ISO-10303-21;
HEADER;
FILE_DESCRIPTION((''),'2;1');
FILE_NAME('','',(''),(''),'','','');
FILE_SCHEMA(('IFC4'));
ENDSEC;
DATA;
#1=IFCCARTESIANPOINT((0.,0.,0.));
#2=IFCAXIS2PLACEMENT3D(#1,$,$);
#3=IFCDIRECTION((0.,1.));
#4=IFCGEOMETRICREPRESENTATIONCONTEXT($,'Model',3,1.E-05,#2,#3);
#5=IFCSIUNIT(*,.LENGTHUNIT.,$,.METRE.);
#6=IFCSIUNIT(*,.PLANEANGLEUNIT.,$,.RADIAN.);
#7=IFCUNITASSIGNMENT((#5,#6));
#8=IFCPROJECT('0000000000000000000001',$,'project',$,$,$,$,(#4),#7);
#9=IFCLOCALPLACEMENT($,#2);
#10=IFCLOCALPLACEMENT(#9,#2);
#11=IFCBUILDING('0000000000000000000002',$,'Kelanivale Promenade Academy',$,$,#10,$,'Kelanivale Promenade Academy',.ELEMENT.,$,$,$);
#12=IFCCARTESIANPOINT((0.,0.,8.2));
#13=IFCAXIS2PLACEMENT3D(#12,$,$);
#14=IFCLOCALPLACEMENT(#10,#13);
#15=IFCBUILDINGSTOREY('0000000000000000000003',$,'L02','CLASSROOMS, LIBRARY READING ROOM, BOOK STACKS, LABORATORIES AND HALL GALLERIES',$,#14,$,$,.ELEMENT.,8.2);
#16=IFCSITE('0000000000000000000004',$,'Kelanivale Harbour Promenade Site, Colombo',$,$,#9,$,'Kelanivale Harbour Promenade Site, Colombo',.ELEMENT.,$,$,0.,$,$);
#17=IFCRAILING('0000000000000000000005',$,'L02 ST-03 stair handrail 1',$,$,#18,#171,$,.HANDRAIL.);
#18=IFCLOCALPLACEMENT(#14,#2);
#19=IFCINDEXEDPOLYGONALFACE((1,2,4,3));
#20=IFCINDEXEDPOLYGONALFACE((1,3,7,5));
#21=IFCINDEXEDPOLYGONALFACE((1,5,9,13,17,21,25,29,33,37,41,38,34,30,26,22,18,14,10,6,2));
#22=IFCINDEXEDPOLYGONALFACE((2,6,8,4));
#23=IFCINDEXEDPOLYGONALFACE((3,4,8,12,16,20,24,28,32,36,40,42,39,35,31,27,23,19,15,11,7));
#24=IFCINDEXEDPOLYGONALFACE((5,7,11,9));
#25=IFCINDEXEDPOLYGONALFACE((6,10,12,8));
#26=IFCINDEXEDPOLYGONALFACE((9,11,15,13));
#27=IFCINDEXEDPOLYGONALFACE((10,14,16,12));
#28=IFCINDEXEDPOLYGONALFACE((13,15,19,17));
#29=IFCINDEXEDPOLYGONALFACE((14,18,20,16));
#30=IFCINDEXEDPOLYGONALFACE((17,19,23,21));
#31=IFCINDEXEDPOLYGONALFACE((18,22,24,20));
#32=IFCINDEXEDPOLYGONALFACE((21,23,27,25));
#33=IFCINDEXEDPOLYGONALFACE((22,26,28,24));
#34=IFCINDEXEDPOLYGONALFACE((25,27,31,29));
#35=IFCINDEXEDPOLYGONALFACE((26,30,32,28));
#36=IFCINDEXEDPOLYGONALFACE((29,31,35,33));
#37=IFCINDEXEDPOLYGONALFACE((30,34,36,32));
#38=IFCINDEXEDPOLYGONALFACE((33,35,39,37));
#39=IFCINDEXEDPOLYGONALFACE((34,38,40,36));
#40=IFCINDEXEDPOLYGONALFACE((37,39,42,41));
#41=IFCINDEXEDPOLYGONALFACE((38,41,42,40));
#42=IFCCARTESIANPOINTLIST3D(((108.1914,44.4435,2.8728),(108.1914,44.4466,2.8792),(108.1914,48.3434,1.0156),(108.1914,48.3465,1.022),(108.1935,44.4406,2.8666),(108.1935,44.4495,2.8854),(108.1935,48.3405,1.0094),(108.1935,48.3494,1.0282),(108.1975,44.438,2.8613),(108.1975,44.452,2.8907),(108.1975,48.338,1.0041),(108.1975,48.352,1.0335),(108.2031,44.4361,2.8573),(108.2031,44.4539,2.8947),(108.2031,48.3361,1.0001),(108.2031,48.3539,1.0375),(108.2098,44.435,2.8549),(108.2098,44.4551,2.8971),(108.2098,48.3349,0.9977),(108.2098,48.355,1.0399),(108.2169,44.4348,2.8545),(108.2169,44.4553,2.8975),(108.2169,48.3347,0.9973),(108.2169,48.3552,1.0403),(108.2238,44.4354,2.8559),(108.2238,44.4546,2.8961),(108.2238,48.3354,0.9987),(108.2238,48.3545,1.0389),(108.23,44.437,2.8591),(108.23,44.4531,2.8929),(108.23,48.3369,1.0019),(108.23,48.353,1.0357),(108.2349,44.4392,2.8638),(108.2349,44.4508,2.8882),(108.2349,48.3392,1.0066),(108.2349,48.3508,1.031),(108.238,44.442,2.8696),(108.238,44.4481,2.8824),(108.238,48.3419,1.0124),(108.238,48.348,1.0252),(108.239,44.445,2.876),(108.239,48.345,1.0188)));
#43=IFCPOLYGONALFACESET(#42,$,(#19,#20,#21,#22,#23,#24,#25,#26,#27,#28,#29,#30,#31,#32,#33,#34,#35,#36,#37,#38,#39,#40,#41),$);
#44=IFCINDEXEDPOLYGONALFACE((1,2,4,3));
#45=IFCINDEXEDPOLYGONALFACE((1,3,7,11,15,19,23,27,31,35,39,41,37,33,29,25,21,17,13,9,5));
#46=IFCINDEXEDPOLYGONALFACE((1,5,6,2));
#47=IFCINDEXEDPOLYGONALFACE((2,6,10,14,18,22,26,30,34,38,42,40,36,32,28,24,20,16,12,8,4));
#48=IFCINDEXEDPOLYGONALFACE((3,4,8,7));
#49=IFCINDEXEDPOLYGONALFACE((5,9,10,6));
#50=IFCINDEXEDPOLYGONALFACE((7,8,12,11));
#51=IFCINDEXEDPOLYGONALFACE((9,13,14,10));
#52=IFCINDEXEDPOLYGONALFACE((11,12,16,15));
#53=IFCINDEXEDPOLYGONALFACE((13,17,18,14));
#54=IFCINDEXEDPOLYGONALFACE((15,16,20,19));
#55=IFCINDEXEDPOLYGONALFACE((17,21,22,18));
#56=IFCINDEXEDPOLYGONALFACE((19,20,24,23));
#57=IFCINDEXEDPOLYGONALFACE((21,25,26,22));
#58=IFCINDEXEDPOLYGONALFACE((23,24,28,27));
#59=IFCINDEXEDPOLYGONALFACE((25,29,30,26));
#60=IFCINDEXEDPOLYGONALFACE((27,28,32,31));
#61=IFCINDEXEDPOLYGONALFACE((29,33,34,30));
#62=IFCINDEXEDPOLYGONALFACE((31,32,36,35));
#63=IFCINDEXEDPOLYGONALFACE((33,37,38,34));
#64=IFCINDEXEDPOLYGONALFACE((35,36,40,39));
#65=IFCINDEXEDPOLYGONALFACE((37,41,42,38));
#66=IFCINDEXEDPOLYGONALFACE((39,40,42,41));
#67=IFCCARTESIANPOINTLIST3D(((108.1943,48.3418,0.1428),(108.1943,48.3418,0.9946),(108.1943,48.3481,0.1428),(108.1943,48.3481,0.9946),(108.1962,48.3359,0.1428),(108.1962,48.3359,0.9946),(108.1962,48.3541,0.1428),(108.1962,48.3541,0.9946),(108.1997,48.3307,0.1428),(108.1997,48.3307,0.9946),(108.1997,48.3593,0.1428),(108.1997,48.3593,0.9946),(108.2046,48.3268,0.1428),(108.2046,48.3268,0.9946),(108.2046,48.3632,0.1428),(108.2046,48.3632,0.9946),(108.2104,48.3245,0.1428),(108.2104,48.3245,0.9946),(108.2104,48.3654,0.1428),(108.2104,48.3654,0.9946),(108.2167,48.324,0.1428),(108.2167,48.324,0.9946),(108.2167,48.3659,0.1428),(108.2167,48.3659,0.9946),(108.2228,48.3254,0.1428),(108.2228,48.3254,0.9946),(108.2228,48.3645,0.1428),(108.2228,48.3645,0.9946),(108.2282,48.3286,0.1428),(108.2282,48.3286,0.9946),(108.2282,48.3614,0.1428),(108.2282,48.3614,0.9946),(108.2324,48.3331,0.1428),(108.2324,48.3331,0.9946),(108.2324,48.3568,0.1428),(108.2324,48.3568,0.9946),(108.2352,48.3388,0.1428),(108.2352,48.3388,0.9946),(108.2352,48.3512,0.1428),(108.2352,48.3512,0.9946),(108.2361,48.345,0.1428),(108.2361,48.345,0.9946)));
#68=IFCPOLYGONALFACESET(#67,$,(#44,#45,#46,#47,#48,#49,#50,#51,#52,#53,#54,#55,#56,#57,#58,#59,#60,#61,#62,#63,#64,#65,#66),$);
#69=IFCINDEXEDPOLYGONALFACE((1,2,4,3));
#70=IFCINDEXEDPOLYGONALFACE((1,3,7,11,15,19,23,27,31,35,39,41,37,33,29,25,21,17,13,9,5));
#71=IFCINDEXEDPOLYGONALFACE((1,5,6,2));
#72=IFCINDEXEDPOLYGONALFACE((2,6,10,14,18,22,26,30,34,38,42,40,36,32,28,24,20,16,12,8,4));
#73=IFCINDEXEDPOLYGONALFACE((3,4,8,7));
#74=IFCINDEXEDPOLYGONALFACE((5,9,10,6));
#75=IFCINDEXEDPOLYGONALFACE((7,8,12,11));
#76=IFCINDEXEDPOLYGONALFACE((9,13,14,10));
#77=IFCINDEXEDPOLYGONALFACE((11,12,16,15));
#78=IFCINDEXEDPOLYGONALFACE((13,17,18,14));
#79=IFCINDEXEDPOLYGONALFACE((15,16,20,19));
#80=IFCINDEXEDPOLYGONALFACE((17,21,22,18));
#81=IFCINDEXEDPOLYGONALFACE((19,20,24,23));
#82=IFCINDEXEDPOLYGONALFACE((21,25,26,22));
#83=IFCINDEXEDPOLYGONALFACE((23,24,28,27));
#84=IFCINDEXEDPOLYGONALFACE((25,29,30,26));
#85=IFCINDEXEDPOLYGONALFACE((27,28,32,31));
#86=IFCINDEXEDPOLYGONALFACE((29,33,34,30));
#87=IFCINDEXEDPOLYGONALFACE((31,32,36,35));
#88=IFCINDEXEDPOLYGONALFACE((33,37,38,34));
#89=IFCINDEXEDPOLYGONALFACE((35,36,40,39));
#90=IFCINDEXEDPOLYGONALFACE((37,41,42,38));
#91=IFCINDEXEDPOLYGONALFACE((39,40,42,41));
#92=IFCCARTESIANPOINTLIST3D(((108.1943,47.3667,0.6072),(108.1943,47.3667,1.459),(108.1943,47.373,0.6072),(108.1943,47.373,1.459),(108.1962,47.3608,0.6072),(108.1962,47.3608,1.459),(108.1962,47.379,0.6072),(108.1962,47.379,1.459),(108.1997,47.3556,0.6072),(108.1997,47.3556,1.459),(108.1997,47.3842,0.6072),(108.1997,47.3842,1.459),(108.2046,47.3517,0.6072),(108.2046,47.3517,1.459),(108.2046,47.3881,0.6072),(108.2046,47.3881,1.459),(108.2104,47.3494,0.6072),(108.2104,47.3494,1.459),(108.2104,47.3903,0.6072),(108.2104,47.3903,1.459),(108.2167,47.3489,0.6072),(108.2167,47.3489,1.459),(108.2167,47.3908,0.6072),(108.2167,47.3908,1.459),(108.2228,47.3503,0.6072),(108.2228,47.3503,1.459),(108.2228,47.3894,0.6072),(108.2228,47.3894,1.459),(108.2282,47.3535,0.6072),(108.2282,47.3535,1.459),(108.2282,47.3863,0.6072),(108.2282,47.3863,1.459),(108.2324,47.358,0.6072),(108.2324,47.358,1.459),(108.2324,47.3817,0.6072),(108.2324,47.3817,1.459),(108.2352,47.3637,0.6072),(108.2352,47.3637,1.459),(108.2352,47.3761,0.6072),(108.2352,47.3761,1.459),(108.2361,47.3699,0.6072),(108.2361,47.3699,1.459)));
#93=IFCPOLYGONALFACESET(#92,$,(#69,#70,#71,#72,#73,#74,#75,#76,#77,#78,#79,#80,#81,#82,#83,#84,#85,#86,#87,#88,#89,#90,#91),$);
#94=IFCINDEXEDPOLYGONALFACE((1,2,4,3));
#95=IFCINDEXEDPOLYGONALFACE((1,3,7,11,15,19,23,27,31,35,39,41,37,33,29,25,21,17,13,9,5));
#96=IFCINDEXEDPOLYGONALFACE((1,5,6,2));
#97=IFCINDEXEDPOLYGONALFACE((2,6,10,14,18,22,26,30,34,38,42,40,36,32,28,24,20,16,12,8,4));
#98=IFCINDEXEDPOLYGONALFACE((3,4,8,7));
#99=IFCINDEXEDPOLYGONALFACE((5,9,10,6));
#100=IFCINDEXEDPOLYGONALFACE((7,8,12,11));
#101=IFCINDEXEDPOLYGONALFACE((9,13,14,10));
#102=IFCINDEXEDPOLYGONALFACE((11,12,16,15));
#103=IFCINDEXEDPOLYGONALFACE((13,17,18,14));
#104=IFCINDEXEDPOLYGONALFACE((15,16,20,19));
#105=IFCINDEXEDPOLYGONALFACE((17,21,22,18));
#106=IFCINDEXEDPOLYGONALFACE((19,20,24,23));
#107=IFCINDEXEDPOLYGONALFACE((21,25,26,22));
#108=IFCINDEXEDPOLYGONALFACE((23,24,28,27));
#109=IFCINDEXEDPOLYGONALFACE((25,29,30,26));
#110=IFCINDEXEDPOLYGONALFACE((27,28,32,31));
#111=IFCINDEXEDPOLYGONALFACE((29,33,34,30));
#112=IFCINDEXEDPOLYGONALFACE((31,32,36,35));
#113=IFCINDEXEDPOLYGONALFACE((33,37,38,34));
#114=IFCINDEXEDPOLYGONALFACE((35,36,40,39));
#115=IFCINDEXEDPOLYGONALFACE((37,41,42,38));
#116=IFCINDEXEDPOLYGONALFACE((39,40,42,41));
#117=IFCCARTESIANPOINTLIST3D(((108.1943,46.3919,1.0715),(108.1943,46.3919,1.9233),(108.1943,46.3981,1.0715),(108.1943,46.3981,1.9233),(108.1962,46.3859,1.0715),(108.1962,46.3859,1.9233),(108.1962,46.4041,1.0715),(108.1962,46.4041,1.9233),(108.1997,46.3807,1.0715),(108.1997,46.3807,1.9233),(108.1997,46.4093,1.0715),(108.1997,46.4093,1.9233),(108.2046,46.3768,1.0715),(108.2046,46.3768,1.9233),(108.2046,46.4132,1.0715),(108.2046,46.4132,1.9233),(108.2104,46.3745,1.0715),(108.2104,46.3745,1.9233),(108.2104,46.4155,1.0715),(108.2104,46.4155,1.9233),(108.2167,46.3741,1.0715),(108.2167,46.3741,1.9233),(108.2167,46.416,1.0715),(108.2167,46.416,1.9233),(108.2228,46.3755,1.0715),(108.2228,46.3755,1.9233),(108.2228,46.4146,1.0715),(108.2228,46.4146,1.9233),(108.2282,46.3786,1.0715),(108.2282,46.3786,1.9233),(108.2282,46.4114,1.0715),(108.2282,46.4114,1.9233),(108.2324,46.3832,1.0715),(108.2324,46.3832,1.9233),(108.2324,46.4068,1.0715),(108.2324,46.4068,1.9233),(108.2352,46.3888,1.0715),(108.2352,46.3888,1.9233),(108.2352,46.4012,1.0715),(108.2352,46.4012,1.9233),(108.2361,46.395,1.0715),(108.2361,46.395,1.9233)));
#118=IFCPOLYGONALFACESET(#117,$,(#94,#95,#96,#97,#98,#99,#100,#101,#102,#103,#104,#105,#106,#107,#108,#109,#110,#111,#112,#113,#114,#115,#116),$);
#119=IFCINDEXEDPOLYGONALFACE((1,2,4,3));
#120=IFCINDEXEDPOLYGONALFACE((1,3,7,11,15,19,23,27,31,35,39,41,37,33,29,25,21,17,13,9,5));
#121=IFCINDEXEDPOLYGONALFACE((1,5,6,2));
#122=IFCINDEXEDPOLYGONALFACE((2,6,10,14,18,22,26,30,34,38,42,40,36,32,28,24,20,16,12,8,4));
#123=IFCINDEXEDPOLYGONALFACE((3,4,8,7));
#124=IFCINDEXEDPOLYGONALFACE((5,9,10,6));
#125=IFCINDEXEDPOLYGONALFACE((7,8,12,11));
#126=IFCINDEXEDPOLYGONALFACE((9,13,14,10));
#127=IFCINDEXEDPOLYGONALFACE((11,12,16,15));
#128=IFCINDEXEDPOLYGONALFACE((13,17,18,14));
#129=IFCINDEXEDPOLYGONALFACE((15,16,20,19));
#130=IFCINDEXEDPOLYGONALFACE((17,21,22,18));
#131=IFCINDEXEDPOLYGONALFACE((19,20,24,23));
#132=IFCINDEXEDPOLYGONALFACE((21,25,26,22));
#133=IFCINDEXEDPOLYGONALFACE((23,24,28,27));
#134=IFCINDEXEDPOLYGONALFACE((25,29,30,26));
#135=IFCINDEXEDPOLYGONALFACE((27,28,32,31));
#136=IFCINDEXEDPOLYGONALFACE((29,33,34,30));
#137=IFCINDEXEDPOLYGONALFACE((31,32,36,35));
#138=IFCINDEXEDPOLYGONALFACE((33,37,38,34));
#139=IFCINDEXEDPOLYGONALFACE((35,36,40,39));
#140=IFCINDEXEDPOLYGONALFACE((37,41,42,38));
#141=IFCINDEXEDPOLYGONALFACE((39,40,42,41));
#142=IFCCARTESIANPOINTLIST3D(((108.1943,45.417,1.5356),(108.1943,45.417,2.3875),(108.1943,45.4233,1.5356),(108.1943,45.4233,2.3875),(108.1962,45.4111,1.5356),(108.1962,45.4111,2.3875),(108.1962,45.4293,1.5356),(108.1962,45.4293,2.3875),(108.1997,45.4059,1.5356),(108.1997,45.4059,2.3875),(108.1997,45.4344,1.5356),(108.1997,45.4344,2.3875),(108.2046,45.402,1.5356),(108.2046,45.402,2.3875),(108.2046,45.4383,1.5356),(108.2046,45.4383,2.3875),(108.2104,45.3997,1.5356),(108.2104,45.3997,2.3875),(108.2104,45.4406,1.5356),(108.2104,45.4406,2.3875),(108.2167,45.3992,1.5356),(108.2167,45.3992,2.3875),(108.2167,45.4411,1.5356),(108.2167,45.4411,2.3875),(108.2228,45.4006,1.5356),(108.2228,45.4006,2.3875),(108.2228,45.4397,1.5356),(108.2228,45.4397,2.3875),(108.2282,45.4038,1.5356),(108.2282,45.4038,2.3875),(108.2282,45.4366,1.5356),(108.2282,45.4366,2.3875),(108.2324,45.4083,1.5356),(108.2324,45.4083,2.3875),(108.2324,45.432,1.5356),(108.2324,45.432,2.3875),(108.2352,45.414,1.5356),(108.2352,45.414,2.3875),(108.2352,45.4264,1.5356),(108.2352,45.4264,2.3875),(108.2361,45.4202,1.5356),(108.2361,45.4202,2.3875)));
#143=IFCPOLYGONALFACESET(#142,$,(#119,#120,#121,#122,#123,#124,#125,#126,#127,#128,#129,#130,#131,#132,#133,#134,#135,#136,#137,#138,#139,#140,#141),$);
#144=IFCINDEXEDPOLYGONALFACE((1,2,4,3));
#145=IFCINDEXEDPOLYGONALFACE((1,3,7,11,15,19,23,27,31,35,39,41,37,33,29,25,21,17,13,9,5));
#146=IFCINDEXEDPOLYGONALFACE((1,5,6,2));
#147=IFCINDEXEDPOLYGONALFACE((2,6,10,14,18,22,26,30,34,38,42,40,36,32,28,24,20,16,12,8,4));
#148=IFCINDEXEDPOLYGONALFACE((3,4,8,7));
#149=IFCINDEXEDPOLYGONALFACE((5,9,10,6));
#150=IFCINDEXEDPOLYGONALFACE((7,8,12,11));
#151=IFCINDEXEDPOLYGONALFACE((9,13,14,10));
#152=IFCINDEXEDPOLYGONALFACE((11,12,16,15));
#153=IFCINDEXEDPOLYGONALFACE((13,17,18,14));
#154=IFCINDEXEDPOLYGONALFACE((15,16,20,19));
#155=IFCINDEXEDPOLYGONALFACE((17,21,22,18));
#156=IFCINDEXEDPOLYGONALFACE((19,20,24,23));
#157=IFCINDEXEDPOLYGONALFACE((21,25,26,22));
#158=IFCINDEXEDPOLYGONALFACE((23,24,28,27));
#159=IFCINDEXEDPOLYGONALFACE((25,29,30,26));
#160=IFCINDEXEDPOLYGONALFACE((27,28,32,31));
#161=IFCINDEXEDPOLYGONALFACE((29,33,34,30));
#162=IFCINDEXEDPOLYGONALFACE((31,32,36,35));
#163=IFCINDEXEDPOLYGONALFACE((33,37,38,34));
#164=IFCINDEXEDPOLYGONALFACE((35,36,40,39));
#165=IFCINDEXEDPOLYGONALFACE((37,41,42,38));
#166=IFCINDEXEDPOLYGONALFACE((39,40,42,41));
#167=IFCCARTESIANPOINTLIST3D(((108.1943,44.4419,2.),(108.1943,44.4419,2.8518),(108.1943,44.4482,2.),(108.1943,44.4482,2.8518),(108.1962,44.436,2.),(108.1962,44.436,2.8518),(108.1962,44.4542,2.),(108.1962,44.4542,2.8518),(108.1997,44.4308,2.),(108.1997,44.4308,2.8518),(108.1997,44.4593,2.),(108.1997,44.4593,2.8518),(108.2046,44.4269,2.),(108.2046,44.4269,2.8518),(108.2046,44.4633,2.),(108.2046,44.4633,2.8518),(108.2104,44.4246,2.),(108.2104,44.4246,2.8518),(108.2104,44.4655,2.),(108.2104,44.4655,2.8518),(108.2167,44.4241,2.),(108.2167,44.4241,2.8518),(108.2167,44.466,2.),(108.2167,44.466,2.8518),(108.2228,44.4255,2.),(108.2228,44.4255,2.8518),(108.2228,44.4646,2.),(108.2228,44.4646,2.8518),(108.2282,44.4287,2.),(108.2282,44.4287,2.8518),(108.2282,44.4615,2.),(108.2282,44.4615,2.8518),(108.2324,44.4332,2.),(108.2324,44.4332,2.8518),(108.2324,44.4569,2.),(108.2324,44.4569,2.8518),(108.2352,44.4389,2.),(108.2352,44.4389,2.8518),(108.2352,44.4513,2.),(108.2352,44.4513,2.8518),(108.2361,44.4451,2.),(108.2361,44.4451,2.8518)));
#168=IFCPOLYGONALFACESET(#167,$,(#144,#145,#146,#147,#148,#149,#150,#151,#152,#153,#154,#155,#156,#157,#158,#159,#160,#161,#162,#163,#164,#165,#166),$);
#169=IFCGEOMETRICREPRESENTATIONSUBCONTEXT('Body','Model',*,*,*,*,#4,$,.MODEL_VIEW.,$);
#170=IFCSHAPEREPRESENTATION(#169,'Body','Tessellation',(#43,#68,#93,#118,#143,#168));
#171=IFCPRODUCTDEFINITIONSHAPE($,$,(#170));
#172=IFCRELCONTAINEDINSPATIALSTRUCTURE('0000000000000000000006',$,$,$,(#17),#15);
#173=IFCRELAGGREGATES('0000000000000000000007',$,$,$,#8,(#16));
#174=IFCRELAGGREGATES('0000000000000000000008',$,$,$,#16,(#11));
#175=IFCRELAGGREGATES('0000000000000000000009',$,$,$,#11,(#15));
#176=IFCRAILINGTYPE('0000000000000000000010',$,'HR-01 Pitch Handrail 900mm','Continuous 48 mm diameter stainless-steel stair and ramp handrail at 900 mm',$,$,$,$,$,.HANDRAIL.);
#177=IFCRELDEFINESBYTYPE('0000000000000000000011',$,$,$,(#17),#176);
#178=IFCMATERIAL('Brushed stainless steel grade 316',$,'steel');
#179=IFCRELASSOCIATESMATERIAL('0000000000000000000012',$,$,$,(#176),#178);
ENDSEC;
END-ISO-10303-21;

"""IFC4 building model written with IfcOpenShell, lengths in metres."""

from ifc_helpers import new_model, si_unit, direction, frame, origin, origin_2d, place, context, subcontext, project, spatial, circle, extrude, material, type_object, element, save


model = new_model("IFC4")

# Units and contexts
model_context = context("Model", 3, precision=1e-05, world=origin(), true_north=direction((0.0, 1.0)))
body_context = subcontext(model_context, "Body", "Model", "MODEL_VIEW")
ifc_project = project(units=[si_unit("LENGTHUNIT", "METRE"), si_unit("PLANEANGLEUNIT", "RADIAN")], contexts=[model_context])

# Site, building, storey
site_placement = place(None, origin())
site = spatial("IfcSite", under=ifc_project, at=site_placement, Name="Kelanivale Harbour Promenade Site, Colombo", LongName="Kelanivale Harbour Promenade Site, Colombo", CompositionType="ELEMENT", RefElevation=0.0)
building_placement = place(site_placement, origin())
building = spatial("IfcBuilding", under=site, at=building_placement, Name="Kelanivale Promenade Academy", LongName="Kelanivale Promenade Academy", CompositionType="ELEMENT")
storey_placement = place(building_placement, frame((0.0, 0.0, 8.2)))
storey = spatial("IfcBuildingStorey", under=building, at=storey_placement, Name="L02", Description="CLASSROOMS, LIBRARY READING ROOM, BOOK STACKS, LABORATORIES AND HALL GALLERIES", CompositionType="ELEMENT", Elevation=8.2)

# Railing
ifc_material_1 = material(Name="Brushed stainless steel grade 316", Category="steel")
railing_type = type_object("IfcRailingType", Name="HR-01 Pitch Handrail 900mm", Description="Continuous 48 mm diameter stainless-steel stair and ramp handrail at 900 mm", PredefinedType="HANDRAIL", material=ifc_material_1)
railing_placement = place(storey_placement, frame((108.2151, 48.345, 0.1428)))
element("IfcRailing", 1, at=railing_placement, inside=storey, type_object=railing_type, Name="L02 ST-03 stair handrail 1", PredefinedType="HANDRAIL", context=body_context, shape_type="SweptSolid", body=[
    extrude(circle(Radius=0.0239, at=origin_2d()), frame((0.0, 0.0, 0.876), z_axis=(0.0, -0.902853, 0.429949), x_axis=(1.0, 0.0, 0.0)), (0.0, 0.0, 1.0), 4.3196),
    extrude(circle(Radius=0.021, at=origin_2d()), origin(), (0.0, 0.0, 1.0), 0.8518),
    extrude(circle(Radius=0.021, at=origin_2d()), frame((0.0, -0.9751, 0.4644)), (0.0, 0.0, 1.0), 0.8518),
    extrude(circle(Radius=0.021, at=origin_2d()), frame((0.0, -1.95, 0.9287)), (0.0, 0.0, 1.0), 0.8518),
    extrude(circle(Radius=0.021, at=origin_2d()), frame((0.0, -2.9248, 1.3928)), (0.0, 0.0, 1.0), 0.8518),
    extrude(circle(Radius=0.021, at=origin_2d()), frame((0.0, -3.8999, 1.8572)), (0.0, 0.0, 1.0), 0.8518),
])

save(model, "model.ifc")
